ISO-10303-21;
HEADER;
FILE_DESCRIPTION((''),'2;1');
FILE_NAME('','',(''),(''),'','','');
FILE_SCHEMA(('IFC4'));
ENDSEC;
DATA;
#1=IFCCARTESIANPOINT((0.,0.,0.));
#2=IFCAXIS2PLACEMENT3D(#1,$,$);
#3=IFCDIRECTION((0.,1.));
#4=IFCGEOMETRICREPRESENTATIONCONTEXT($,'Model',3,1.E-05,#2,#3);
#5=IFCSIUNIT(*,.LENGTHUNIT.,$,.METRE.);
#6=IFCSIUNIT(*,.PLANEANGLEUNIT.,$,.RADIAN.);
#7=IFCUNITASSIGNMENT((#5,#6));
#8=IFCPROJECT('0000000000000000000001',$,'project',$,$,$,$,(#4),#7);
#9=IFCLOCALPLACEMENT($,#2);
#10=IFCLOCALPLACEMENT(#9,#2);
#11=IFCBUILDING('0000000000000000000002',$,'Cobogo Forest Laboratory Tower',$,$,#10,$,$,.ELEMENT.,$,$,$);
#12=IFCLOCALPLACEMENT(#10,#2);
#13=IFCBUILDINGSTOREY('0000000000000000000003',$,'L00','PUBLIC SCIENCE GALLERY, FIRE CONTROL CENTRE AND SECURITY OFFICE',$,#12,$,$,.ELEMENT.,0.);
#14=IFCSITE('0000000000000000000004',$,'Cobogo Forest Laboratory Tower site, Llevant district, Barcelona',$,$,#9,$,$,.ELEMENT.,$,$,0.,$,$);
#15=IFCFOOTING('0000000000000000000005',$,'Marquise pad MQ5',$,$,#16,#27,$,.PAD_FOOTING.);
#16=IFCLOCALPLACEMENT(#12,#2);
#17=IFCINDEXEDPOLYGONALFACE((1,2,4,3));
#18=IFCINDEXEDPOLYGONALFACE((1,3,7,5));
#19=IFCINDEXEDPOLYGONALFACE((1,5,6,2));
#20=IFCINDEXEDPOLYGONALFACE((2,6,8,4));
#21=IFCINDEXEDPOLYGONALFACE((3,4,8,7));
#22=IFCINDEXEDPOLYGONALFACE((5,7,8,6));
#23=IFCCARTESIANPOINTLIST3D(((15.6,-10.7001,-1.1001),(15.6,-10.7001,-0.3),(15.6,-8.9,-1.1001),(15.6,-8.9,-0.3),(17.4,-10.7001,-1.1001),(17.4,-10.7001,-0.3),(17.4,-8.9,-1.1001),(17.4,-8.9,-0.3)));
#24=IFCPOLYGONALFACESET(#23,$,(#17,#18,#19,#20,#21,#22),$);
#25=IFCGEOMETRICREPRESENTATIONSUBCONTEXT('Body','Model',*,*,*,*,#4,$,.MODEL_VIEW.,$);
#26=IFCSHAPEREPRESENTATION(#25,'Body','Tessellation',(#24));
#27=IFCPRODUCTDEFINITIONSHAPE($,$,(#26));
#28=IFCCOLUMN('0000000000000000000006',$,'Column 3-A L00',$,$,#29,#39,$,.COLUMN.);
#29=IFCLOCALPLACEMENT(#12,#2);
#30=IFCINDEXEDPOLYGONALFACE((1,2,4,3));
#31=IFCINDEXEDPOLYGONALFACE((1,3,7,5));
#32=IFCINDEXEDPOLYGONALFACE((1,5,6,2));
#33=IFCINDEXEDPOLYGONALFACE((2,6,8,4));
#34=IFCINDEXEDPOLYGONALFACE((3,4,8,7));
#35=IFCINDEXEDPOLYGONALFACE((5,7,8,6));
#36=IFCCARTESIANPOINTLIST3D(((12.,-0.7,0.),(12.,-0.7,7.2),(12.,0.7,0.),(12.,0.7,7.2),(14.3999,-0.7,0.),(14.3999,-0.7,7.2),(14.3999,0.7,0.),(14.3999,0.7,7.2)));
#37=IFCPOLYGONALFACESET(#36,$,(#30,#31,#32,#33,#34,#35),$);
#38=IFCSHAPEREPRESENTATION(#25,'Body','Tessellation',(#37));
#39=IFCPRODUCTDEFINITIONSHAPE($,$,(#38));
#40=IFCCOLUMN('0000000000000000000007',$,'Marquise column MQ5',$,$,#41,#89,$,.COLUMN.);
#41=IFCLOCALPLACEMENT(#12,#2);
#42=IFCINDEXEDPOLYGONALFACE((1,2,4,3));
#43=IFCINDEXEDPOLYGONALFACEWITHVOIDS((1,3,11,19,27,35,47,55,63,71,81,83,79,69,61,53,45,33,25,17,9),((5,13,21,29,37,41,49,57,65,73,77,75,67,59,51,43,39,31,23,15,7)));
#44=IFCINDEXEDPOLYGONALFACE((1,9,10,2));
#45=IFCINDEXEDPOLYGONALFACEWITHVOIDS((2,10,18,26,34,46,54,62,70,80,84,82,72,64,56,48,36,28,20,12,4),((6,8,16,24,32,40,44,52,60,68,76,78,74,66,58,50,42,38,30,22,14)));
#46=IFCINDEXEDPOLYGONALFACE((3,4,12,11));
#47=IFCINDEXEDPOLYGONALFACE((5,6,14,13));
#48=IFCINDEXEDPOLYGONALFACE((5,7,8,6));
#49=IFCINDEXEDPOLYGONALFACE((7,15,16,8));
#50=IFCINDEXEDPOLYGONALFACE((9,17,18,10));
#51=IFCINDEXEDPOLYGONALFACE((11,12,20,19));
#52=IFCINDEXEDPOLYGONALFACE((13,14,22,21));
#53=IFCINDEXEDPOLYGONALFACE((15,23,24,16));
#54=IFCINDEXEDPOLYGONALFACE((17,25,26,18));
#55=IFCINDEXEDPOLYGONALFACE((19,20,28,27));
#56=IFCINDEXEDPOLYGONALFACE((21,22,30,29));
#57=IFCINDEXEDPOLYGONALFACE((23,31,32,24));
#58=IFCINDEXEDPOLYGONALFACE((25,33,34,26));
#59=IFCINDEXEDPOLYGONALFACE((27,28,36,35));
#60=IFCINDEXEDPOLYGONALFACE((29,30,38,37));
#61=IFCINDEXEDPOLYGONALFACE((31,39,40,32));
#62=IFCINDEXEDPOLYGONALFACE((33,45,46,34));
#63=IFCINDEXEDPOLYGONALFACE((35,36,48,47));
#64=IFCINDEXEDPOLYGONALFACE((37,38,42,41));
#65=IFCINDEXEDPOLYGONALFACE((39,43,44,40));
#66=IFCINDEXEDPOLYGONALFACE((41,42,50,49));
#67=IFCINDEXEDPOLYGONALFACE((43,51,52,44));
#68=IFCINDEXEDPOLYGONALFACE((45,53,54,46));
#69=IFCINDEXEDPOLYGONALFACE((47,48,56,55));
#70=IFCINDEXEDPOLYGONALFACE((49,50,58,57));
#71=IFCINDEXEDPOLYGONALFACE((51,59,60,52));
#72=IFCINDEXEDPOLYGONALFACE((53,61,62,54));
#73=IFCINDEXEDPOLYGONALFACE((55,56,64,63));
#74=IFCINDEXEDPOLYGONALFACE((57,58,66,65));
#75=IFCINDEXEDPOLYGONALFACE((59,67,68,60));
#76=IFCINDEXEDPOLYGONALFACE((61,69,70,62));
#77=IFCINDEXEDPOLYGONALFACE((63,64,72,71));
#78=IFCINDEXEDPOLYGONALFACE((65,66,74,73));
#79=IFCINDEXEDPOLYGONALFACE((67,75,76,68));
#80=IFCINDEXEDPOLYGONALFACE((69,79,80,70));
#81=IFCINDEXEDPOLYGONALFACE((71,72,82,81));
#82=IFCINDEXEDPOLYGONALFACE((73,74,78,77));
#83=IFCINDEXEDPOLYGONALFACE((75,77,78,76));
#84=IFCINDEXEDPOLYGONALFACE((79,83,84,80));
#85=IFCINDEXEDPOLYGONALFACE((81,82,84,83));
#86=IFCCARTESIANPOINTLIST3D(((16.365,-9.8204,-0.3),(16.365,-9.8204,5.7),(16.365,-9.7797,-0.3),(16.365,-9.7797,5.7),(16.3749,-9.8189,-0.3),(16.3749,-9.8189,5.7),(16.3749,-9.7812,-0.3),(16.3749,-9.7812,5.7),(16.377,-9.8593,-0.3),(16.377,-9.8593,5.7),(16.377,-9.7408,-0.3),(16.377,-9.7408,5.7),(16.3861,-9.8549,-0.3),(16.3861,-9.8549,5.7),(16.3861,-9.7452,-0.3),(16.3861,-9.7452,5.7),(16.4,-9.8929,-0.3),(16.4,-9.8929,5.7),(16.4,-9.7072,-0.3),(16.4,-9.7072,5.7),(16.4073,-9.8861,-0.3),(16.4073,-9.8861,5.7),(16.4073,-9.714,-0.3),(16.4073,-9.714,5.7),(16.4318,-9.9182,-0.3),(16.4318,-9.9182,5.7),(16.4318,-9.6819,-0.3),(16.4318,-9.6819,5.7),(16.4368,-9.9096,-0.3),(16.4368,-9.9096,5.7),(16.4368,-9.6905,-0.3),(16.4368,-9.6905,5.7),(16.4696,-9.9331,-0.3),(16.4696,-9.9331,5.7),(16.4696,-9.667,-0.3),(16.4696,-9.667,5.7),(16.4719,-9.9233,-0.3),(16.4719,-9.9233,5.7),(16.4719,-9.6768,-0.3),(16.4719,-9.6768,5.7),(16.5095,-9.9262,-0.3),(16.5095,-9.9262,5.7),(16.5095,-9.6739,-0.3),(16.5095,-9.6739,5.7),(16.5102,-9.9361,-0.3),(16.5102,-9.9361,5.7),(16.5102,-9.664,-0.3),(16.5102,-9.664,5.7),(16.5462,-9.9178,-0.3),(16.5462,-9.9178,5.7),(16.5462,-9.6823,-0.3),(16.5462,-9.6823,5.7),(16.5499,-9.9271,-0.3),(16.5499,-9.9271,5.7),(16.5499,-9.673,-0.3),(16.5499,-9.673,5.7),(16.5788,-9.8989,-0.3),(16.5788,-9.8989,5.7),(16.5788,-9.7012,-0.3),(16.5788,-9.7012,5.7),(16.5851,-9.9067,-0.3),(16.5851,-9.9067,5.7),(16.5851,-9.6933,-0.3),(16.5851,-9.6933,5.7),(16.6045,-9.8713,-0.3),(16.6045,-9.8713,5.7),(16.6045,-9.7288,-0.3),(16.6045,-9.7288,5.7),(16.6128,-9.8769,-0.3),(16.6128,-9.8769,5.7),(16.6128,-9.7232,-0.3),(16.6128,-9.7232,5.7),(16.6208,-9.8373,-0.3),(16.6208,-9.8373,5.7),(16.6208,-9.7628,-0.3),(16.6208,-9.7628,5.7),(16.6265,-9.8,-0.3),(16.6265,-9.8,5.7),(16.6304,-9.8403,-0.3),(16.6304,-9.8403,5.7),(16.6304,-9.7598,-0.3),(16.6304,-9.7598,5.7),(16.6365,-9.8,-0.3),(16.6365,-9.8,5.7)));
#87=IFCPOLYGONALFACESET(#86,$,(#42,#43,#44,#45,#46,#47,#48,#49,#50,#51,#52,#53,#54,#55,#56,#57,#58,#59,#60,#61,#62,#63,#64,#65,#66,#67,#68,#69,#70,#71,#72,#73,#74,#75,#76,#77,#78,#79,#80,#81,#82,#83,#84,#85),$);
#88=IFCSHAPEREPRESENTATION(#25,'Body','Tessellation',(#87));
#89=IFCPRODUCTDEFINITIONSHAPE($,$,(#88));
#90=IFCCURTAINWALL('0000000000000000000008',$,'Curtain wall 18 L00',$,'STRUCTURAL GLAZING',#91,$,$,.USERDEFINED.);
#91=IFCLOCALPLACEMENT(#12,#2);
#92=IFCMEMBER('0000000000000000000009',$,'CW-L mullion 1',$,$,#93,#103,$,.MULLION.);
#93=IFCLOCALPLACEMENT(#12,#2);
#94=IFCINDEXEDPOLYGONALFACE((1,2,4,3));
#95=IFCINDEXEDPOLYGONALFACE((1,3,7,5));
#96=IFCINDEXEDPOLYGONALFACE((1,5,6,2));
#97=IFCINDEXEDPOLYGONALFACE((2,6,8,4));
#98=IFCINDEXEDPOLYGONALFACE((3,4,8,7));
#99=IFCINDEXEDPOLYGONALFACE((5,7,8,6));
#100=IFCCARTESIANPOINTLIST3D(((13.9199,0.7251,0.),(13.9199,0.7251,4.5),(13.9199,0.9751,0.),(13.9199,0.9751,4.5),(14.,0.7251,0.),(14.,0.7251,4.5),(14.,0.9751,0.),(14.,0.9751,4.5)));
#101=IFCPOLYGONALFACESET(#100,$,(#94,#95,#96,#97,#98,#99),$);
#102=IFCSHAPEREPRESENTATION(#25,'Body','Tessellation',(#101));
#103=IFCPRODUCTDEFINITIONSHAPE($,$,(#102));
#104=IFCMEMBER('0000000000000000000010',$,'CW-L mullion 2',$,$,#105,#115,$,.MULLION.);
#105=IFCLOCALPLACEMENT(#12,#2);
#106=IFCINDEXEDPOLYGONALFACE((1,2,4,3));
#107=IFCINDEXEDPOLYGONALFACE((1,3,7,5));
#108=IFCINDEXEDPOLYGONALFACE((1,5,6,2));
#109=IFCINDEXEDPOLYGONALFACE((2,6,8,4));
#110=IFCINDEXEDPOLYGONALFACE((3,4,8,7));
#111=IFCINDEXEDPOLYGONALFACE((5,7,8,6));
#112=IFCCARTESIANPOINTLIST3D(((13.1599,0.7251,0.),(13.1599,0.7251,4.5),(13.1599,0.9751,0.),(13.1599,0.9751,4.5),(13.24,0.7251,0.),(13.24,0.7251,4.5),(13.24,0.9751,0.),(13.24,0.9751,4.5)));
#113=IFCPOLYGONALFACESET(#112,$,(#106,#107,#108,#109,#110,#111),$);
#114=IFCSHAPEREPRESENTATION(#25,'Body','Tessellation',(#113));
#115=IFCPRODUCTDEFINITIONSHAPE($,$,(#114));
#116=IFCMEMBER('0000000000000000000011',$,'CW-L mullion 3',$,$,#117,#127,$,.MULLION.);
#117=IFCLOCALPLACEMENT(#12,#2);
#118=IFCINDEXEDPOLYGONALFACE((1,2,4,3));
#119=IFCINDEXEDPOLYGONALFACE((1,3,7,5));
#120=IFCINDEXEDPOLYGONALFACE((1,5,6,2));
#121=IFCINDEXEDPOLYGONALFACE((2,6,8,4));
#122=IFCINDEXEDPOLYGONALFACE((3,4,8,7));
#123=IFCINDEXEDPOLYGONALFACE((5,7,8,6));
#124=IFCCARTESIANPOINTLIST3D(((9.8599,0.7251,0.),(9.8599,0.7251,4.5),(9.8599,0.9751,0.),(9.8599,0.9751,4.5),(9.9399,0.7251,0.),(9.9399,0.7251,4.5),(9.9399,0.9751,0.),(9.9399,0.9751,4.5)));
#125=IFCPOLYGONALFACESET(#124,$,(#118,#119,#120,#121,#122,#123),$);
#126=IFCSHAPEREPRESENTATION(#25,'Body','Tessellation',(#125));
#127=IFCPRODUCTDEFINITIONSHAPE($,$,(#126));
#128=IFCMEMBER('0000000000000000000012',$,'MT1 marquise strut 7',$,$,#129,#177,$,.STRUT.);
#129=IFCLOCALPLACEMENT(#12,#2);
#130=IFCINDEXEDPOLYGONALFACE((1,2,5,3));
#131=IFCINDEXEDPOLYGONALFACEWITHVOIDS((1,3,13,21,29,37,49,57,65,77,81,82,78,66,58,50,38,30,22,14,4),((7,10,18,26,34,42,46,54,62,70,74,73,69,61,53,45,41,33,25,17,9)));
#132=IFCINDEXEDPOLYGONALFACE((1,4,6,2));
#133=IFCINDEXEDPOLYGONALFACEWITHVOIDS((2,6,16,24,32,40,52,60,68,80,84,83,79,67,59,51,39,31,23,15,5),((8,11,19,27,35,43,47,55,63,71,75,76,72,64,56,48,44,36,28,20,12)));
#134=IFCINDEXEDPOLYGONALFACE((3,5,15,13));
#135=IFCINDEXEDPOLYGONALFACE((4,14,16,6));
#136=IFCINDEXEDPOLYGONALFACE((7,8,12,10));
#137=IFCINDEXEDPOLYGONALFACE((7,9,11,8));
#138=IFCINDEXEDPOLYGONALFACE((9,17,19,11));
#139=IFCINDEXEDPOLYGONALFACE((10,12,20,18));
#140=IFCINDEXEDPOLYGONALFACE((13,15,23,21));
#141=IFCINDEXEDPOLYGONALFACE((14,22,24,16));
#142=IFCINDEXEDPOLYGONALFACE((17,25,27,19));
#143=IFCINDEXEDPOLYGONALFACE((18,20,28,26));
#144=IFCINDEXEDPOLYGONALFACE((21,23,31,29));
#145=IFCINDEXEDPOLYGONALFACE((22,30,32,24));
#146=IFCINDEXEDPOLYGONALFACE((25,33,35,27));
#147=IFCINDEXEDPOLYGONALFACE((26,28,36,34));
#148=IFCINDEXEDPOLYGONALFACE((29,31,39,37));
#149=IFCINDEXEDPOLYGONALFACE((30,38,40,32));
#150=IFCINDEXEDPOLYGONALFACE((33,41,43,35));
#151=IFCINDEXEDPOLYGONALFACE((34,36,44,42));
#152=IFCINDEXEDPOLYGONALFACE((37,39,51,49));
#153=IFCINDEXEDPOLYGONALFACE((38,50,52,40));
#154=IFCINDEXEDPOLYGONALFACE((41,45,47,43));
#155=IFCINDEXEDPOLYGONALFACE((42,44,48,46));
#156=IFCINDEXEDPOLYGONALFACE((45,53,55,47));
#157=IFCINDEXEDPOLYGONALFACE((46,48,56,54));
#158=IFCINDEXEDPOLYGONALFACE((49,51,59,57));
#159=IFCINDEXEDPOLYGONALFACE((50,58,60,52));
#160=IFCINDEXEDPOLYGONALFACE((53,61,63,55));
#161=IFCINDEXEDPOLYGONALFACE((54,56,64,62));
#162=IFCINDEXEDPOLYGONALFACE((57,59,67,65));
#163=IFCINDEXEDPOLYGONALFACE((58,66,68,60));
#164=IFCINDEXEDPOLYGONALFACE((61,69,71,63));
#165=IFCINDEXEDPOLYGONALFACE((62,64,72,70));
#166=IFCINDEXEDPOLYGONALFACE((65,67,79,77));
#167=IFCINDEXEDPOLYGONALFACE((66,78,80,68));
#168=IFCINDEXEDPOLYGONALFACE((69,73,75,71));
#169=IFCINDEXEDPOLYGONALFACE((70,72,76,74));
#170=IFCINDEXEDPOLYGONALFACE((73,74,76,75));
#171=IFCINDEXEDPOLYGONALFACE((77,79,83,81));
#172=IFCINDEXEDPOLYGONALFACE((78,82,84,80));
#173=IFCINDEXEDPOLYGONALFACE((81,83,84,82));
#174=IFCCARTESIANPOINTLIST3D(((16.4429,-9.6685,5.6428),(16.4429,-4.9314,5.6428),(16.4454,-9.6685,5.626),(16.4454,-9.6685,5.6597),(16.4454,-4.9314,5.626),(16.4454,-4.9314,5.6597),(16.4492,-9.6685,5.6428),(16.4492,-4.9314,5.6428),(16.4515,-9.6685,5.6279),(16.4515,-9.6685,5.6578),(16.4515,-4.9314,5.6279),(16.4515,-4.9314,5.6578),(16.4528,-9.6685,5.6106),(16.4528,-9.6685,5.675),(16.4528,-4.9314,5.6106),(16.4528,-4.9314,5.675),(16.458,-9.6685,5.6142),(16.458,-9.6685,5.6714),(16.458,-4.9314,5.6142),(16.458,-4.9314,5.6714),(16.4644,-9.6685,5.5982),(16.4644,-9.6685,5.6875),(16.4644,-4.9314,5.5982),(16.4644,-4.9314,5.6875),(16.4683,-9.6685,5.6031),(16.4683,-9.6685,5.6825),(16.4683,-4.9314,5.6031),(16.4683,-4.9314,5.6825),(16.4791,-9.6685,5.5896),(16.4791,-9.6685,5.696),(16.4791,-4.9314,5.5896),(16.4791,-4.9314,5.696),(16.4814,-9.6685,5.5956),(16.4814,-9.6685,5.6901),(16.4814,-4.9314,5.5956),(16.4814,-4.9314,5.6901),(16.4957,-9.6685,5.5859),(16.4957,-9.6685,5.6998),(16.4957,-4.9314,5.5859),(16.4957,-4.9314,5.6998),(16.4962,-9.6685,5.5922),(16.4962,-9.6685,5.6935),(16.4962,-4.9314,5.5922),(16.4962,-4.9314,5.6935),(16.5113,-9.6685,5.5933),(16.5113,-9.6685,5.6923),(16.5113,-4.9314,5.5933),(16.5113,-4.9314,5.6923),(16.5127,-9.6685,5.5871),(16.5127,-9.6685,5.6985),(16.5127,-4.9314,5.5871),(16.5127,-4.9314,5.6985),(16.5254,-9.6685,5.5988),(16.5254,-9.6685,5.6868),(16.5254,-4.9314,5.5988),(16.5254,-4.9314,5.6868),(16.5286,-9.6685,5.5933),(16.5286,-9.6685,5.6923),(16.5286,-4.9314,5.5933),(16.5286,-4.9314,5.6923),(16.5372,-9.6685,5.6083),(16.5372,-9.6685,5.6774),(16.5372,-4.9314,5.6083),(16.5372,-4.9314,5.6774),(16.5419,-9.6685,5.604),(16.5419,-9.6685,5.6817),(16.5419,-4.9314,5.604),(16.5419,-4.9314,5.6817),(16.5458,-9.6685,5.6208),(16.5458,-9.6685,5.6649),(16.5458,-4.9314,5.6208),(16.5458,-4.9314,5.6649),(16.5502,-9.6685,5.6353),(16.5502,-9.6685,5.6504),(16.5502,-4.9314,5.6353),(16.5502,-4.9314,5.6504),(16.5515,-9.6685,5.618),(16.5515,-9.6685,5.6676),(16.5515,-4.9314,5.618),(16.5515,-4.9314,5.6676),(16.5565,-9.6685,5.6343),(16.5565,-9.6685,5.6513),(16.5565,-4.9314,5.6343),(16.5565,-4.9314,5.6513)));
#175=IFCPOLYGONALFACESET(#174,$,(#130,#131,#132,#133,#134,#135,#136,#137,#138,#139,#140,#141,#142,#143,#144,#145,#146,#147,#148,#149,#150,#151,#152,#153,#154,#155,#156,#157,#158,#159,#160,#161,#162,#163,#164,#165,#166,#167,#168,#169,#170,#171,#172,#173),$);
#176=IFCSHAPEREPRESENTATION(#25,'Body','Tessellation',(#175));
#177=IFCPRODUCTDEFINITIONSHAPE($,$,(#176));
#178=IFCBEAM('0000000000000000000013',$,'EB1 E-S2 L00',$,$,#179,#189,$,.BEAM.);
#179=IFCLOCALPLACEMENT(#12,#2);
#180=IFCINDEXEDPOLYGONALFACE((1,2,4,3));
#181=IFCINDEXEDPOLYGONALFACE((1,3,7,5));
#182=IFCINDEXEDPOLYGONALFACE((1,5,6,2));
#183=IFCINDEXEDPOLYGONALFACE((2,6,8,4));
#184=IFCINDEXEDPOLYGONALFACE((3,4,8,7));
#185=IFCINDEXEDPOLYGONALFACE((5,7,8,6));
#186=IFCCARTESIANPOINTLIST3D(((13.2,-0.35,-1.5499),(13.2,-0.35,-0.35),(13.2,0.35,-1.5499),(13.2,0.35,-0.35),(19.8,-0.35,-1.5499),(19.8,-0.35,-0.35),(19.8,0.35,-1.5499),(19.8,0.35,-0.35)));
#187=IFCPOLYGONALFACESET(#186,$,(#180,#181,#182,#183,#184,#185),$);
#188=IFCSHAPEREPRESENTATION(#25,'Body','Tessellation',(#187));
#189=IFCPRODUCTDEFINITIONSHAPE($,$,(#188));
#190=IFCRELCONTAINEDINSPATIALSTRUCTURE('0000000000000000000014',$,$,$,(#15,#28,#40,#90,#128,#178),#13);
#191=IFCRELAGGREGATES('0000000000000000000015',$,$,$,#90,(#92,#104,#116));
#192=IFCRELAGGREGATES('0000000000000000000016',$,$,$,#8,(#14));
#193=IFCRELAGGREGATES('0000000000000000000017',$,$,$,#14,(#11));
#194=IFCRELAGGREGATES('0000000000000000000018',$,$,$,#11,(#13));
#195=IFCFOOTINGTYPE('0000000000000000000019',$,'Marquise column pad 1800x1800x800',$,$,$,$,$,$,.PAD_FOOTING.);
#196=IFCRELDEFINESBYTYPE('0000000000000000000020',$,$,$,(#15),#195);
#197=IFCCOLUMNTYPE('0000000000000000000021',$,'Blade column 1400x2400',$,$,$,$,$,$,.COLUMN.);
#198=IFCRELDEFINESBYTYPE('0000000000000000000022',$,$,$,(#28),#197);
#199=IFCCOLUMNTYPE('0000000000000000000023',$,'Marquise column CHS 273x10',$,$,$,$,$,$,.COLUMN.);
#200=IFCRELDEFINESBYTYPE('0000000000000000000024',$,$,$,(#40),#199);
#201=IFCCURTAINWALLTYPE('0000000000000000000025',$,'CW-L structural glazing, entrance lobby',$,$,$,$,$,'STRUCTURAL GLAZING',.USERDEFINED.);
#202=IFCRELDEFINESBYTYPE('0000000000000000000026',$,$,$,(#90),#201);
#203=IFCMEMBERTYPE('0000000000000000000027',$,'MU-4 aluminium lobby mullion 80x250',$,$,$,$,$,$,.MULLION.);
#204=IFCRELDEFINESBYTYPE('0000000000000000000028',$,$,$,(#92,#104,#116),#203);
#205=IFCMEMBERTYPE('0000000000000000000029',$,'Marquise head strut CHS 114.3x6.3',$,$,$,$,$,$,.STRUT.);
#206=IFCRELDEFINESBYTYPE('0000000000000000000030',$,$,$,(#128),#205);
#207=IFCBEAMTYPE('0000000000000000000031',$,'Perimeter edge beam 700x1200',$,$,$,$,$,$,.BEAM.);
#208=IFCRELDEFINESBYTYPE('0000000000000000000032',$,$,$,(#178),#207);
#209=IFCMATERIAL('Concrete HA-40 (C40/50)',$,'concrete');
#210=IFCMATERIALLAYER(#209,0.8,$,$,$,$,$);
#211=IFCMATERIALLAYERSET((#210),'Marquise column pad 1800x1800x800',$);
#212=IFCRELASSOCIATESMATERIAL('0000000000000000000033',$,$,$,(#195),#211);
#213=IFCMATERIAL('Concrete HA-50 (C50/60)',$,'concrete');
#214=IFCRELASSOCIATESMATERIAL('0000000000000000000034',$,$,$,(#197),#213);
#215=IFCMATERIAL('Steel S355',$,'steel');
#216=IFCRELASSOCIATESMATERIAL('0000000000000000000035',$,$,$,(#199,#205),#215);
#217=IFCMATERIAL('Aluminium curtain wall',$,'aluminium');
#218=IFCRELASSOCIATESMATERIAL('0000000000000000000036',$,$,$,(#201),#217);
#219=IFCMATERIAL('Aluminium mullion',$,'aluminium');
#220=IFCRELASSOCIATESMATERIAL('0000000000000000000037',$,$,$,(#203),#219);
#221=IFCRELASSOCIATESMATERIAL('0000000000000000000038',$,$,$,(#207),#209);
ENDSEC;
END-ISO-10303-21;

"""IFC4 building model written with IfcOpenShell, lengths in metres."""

from ifc_helpers import new_model, si_unit, direction, frame, origin, origin_2d, place, context, subcontext, project, spatial, rectangle, hollow_circle, extrude, material, layer, layer_set, material_profile, profile_set, type_object, element, aggregate, save


model = new_model("IFC4")

# Units and contexts
model_context = context("Model", 3, precision=1e-05, world=origin(), true_north=direction((0.0, 1.0)))
body_context = subcontext(model_context, "Body", "Model", "MODEL_VIEW")
ifc_project = project(units=[si_unit("LENGTHUNIT", "METRE"), si_unit("PLANEANGLEUNIT", "RADIAN")], contexts=[model_context])

# Site, building, storey
site_placement = place(None, origin())
site = spatial("IfcSite", under=ifc_project, at=site_placement, Name="Cobogo Forest Laboratory Tower site, Llevant district, Barcelona", CompositionType="ELEMENT", RefElevation=0.0)
building_placement = place(site_placement, origin())
building = spatial("IfcBuilding", under=site, at=building_placement, Name="Cobogo Forest Laboratory Tower", CompositionType="ELEMENT")
storey_placement = place(building_placement, origin())
storey = spatial("IfcBuildingStorey", under=building, at=storey_placement, Name="L00", Description="PUBLIC SCIENCE GALLERY, FIRE CONTROL CENTRE AND SECURITY OFFICE", CompositionType="ELEMENT", Elevation=0.0)

# Footing
ifc_material_1 = material(Name="Concrete HA-40 (C40/50)", Category="concrete")
ifc_layer_1 = layer(ifc_material_1, 0.8)
ifc_layer_set_1 = layer_set([ifc_layer_1], Name="Marquise column pad 1800x1800x800")
footing_type = type_object("IfcFootingType", Name="Marquise column pad 1800x1800x800", PredefinedType="PAD_FOOTING", material=ifc_layer_set_1)
footing_placement = place(storey_placement, frame((16.5, -9.8, -1.1001), z_axis=(0.0, 0.0, 1.0), x_axis=(1.0, 0.0, 0.0)))
element("IfcFooting", 1, at=footing_placement, inside=storey, type_object=footing_type, Name="Marquise pad MQ5", PredefinedType="PAD_FOOTING", context=body_context, shape_type="SweptSolid", body=[
    extrude(rectangle(XDim=1.8, YDim=1.8, at=origin_2d()), origin(), (0.0, 0.0, 1.0), 0.8),
])

# Columns
ifc_material_2 = material(Name="Concrete HA-50 (C50/60)", Category="concrete")
ifc_material_profile_1 = material_profile(ifc_material_2, rectangle(XDim=2.3999, YDim=1.3999, at=origin_2d()), Name="RC 1400x2400")
ifc_profile_set_1 = profile_set([ifc_material_profile_1], Name="Concrete HA-50 (C50/60)")
column_type_1 = type_object("IfcColumnType", Name="Blade column 1400x2400", PredefinedType="COLUMN", material=ifc_profile_set_1)
column_1_placement = place(storey_placement, frame((13.2, 0.0, 0.0), z_axis=(0.0, 0.0, 1.0), x_axis=(1.0, 0.0, 0.0)))
element("IfcColumn", 2, at=column_1_placement, inside=storey, type_object=column_type_1, Name="Column 3-A L00", PredefinedType="COLUMN", context=body_context, shape_type="SweptSolid", body=[
    extrude(rectangle(XDim=2.3999, YDim=1.3999, at=origin_2d()), origin(), (0.0, 0.0, 1.0), 7.2),
])
ifc_material_3 = material(Name="Steel S355", Category="steel")
ifc_material_profile_2 = material_profile(ifc_material_3, hollow_circle(Radius=0.1365, WallThickness=0.01, at=origin_2d()), Name="CHS 273x10")
ifc_profile_set_2 = profile_set([ifc_material_profile_2], Name="Steel S355")
column_type_2 = type_object("IfcColumnType", Name="Marquise column CHS 273x10", PredefinedType="COLUMN", material=ifc_profile_set_2)
column_2_placement = place(storey_placement, frame((16.5, -9.8, -0.3), z_axis=(0.0, 0.0, 1.0), x_axis=(1.0, 0.0, 0.0)))
element("IfcColumn", 3, at=column_2_placement, inside=storey, type_object=column_type_2, Name="Marquise column MQ5", PredefinedType="COLUMN", context=body_context, shape_type="SweptSolid", body=[
    extrude(hollow_circle(Radius=0.1365, WallThickness=0.01, at=origin_2d()), origin(), (0.0, 0.0, 1.0), 6.0),
])

# Curtain wall, members
ifc_material_4 = material(Name="Aluminium curtain wall", Category="aluminium")
curtain_wall_type = type_object("IfcCurtainWallType", Name="CW-L structural glazing, entrance lobby", ElementType="STRUCTURAL GLAZING", PredefinedType="USERDEFINED", material=ifc_material_4)
curtain_wall_placement = place(storey_placement, origin())
curtain_wall = element("IfcCurtainWall", 4, at=curtain_wall_placement, inside=storey, type_object=curtain_wall_type, Name="Curtain wall 18 L00", ObjectType="STRUCTURAL GLAZING", PredefinedType="USERDEFINED")
ifc_material_5 = material(Name="Aluminium mullion", Category="aluminium")
ifc_material_profile_3 = material_profile(ifc_material_5, rectangle(XDim=0.0801, YDim=0.25, at=origin_2d()), Name="AL 80x250")
ifc_profile_set_3 = profile_set([ifc_material_profile_3], Name="Aluminium mullion")
member_type_1 = type_object("IfcMemberType", Name="MU-4 aluminium lobby mullion 80x250", PredefinedType="MULLION", material=ifc_profile_set_3)
member_1_placement = place(storey_placement, frame((13.96, 0.8501, 0.0), z_axis=(0.0, 0.0, 1.0), x_axis=(-1.0, 0.0, 0.0)))
member_1 = element("IfcMember", 5, at=member_1_placement, type_object=member_type_1, Name="CW-L mullion 1", PredefinedType="MULLION", context=body_context, shape_type="SweptSolid", body=[
    extrude(rectangle(XDim=0.0801, YDim=0.25, at=origin_2d()), origin(), (0.0, 0.0, 1.0), 4.5),
])
member_2_placement = place(storey_placement, frame((13.2, 0.8501, 0.0), z_axis=(0.0, 0.0, 1.0), x_axis=(-1.0, 0.0, 0.0)))
member_2 = element("IfcMember", 6, at=member_2_placement, type_object=member_type_1, Name="CW-L mullion 2", PredefinedType="MULLION", context=body_context, shape_type="SweptSolid", body=[
    extrude(rectangle(XDim=0.0801, YDim=0.25, at=origin_2d()), origin(), (0.0, 0.0, 1.0), 4.5),
])
member_3_placement = place(storey_placement, frame((9.8999, 0.8501, 0.0), z_axis=(0.0, 0.0, 1.0), x_axis=(-1.0, 0.0, 0.0)))
member_3 = element("IfcMember", 7, at=member_3_placement, type_object=member_type_1, Name="CW-L mullion 3", PredefinedType="MULLION", context=body_context, shape_type="SweptSolid", body=[
    extrude(rectangle(XDim=0.0801, YDim=0.25, at=origin_2d()), origin(), (0.0, 0.0, 1.0), 4.5),
])

# Member
ifc_material_profile_4 = material_profile(ifc_material_3, hollow_circle(Radius=0.0571, WallThickness=0.0063, at=origin_2d()), Name="CHS 114.3x6.3")
ifc_profile_set_4 = profile_set([ifc_material_profile_4], Name="Steel S355")
member_type_2 = type_object("IfcMemberType", Name="Marquise head strut CHS 114.3x6.3", PredefinedType="STRUT", material=ifc_profile_set_4)
member_4_placement = place(storey_placement, frame((16.5, -9.6685, 5.6428), z_axis=(0.0, 1.0, 0.0), x_axis=(-1.0, 0.0, 0.0)))
element("IfcMember", 8, at=member_4_placement, inside=storey, type_object=member_type_2, Name="MT1 marquise strut 7", PredefinedType="STRUT", context=body_context, shape_type="SweptSolid", body=[
    extrude(hollow_circle(Radius=0.0571, WallThickness=0.0063, at=origin_2d()), origin(), (0.0, 0.0, 1.0), 4.7371),
])

# Beam
ifc_material_profile_5 = material_profile(ifc_material_1, rectangle(XDim=0.7, YDim=1.2, at=origin_2d()), Name="RC 700x1200")
ifc_profile_set_5 = profile_set([ifc_material_profile_5], Name="Concrete HA-40 (C40/50)")
beam_type_1 = type_object("IfcBeamType", Name="Perimeter edge beam 700x1200", PredefinedType="BEAM", material=ifc_profile_set_5)
beam_1_placement = place(storey_placement, frame((13.2, 0.0, -0.95), z_axis=(1.0, 0.0, 0.0), x_axis=(0.0, 1.0, 0.0)))
element("IfcBeam", 9, at=beam_1_placement, inside=storey, type_object=beam_type_1, Name="EB1 E-S2 L00", PredefinedType="BEAM", context=body_context, shape_type="SweptSolid", body=[
    extrude(rectangle(XDim=0.7, YDim=1.2, at=origin_2d()), origin(), (0.0, 0.0, 1.0), 6.6001),
])

aggregate(curtain_wall, [member_1, member_2, member_3])

save(model, "model.ifc")
